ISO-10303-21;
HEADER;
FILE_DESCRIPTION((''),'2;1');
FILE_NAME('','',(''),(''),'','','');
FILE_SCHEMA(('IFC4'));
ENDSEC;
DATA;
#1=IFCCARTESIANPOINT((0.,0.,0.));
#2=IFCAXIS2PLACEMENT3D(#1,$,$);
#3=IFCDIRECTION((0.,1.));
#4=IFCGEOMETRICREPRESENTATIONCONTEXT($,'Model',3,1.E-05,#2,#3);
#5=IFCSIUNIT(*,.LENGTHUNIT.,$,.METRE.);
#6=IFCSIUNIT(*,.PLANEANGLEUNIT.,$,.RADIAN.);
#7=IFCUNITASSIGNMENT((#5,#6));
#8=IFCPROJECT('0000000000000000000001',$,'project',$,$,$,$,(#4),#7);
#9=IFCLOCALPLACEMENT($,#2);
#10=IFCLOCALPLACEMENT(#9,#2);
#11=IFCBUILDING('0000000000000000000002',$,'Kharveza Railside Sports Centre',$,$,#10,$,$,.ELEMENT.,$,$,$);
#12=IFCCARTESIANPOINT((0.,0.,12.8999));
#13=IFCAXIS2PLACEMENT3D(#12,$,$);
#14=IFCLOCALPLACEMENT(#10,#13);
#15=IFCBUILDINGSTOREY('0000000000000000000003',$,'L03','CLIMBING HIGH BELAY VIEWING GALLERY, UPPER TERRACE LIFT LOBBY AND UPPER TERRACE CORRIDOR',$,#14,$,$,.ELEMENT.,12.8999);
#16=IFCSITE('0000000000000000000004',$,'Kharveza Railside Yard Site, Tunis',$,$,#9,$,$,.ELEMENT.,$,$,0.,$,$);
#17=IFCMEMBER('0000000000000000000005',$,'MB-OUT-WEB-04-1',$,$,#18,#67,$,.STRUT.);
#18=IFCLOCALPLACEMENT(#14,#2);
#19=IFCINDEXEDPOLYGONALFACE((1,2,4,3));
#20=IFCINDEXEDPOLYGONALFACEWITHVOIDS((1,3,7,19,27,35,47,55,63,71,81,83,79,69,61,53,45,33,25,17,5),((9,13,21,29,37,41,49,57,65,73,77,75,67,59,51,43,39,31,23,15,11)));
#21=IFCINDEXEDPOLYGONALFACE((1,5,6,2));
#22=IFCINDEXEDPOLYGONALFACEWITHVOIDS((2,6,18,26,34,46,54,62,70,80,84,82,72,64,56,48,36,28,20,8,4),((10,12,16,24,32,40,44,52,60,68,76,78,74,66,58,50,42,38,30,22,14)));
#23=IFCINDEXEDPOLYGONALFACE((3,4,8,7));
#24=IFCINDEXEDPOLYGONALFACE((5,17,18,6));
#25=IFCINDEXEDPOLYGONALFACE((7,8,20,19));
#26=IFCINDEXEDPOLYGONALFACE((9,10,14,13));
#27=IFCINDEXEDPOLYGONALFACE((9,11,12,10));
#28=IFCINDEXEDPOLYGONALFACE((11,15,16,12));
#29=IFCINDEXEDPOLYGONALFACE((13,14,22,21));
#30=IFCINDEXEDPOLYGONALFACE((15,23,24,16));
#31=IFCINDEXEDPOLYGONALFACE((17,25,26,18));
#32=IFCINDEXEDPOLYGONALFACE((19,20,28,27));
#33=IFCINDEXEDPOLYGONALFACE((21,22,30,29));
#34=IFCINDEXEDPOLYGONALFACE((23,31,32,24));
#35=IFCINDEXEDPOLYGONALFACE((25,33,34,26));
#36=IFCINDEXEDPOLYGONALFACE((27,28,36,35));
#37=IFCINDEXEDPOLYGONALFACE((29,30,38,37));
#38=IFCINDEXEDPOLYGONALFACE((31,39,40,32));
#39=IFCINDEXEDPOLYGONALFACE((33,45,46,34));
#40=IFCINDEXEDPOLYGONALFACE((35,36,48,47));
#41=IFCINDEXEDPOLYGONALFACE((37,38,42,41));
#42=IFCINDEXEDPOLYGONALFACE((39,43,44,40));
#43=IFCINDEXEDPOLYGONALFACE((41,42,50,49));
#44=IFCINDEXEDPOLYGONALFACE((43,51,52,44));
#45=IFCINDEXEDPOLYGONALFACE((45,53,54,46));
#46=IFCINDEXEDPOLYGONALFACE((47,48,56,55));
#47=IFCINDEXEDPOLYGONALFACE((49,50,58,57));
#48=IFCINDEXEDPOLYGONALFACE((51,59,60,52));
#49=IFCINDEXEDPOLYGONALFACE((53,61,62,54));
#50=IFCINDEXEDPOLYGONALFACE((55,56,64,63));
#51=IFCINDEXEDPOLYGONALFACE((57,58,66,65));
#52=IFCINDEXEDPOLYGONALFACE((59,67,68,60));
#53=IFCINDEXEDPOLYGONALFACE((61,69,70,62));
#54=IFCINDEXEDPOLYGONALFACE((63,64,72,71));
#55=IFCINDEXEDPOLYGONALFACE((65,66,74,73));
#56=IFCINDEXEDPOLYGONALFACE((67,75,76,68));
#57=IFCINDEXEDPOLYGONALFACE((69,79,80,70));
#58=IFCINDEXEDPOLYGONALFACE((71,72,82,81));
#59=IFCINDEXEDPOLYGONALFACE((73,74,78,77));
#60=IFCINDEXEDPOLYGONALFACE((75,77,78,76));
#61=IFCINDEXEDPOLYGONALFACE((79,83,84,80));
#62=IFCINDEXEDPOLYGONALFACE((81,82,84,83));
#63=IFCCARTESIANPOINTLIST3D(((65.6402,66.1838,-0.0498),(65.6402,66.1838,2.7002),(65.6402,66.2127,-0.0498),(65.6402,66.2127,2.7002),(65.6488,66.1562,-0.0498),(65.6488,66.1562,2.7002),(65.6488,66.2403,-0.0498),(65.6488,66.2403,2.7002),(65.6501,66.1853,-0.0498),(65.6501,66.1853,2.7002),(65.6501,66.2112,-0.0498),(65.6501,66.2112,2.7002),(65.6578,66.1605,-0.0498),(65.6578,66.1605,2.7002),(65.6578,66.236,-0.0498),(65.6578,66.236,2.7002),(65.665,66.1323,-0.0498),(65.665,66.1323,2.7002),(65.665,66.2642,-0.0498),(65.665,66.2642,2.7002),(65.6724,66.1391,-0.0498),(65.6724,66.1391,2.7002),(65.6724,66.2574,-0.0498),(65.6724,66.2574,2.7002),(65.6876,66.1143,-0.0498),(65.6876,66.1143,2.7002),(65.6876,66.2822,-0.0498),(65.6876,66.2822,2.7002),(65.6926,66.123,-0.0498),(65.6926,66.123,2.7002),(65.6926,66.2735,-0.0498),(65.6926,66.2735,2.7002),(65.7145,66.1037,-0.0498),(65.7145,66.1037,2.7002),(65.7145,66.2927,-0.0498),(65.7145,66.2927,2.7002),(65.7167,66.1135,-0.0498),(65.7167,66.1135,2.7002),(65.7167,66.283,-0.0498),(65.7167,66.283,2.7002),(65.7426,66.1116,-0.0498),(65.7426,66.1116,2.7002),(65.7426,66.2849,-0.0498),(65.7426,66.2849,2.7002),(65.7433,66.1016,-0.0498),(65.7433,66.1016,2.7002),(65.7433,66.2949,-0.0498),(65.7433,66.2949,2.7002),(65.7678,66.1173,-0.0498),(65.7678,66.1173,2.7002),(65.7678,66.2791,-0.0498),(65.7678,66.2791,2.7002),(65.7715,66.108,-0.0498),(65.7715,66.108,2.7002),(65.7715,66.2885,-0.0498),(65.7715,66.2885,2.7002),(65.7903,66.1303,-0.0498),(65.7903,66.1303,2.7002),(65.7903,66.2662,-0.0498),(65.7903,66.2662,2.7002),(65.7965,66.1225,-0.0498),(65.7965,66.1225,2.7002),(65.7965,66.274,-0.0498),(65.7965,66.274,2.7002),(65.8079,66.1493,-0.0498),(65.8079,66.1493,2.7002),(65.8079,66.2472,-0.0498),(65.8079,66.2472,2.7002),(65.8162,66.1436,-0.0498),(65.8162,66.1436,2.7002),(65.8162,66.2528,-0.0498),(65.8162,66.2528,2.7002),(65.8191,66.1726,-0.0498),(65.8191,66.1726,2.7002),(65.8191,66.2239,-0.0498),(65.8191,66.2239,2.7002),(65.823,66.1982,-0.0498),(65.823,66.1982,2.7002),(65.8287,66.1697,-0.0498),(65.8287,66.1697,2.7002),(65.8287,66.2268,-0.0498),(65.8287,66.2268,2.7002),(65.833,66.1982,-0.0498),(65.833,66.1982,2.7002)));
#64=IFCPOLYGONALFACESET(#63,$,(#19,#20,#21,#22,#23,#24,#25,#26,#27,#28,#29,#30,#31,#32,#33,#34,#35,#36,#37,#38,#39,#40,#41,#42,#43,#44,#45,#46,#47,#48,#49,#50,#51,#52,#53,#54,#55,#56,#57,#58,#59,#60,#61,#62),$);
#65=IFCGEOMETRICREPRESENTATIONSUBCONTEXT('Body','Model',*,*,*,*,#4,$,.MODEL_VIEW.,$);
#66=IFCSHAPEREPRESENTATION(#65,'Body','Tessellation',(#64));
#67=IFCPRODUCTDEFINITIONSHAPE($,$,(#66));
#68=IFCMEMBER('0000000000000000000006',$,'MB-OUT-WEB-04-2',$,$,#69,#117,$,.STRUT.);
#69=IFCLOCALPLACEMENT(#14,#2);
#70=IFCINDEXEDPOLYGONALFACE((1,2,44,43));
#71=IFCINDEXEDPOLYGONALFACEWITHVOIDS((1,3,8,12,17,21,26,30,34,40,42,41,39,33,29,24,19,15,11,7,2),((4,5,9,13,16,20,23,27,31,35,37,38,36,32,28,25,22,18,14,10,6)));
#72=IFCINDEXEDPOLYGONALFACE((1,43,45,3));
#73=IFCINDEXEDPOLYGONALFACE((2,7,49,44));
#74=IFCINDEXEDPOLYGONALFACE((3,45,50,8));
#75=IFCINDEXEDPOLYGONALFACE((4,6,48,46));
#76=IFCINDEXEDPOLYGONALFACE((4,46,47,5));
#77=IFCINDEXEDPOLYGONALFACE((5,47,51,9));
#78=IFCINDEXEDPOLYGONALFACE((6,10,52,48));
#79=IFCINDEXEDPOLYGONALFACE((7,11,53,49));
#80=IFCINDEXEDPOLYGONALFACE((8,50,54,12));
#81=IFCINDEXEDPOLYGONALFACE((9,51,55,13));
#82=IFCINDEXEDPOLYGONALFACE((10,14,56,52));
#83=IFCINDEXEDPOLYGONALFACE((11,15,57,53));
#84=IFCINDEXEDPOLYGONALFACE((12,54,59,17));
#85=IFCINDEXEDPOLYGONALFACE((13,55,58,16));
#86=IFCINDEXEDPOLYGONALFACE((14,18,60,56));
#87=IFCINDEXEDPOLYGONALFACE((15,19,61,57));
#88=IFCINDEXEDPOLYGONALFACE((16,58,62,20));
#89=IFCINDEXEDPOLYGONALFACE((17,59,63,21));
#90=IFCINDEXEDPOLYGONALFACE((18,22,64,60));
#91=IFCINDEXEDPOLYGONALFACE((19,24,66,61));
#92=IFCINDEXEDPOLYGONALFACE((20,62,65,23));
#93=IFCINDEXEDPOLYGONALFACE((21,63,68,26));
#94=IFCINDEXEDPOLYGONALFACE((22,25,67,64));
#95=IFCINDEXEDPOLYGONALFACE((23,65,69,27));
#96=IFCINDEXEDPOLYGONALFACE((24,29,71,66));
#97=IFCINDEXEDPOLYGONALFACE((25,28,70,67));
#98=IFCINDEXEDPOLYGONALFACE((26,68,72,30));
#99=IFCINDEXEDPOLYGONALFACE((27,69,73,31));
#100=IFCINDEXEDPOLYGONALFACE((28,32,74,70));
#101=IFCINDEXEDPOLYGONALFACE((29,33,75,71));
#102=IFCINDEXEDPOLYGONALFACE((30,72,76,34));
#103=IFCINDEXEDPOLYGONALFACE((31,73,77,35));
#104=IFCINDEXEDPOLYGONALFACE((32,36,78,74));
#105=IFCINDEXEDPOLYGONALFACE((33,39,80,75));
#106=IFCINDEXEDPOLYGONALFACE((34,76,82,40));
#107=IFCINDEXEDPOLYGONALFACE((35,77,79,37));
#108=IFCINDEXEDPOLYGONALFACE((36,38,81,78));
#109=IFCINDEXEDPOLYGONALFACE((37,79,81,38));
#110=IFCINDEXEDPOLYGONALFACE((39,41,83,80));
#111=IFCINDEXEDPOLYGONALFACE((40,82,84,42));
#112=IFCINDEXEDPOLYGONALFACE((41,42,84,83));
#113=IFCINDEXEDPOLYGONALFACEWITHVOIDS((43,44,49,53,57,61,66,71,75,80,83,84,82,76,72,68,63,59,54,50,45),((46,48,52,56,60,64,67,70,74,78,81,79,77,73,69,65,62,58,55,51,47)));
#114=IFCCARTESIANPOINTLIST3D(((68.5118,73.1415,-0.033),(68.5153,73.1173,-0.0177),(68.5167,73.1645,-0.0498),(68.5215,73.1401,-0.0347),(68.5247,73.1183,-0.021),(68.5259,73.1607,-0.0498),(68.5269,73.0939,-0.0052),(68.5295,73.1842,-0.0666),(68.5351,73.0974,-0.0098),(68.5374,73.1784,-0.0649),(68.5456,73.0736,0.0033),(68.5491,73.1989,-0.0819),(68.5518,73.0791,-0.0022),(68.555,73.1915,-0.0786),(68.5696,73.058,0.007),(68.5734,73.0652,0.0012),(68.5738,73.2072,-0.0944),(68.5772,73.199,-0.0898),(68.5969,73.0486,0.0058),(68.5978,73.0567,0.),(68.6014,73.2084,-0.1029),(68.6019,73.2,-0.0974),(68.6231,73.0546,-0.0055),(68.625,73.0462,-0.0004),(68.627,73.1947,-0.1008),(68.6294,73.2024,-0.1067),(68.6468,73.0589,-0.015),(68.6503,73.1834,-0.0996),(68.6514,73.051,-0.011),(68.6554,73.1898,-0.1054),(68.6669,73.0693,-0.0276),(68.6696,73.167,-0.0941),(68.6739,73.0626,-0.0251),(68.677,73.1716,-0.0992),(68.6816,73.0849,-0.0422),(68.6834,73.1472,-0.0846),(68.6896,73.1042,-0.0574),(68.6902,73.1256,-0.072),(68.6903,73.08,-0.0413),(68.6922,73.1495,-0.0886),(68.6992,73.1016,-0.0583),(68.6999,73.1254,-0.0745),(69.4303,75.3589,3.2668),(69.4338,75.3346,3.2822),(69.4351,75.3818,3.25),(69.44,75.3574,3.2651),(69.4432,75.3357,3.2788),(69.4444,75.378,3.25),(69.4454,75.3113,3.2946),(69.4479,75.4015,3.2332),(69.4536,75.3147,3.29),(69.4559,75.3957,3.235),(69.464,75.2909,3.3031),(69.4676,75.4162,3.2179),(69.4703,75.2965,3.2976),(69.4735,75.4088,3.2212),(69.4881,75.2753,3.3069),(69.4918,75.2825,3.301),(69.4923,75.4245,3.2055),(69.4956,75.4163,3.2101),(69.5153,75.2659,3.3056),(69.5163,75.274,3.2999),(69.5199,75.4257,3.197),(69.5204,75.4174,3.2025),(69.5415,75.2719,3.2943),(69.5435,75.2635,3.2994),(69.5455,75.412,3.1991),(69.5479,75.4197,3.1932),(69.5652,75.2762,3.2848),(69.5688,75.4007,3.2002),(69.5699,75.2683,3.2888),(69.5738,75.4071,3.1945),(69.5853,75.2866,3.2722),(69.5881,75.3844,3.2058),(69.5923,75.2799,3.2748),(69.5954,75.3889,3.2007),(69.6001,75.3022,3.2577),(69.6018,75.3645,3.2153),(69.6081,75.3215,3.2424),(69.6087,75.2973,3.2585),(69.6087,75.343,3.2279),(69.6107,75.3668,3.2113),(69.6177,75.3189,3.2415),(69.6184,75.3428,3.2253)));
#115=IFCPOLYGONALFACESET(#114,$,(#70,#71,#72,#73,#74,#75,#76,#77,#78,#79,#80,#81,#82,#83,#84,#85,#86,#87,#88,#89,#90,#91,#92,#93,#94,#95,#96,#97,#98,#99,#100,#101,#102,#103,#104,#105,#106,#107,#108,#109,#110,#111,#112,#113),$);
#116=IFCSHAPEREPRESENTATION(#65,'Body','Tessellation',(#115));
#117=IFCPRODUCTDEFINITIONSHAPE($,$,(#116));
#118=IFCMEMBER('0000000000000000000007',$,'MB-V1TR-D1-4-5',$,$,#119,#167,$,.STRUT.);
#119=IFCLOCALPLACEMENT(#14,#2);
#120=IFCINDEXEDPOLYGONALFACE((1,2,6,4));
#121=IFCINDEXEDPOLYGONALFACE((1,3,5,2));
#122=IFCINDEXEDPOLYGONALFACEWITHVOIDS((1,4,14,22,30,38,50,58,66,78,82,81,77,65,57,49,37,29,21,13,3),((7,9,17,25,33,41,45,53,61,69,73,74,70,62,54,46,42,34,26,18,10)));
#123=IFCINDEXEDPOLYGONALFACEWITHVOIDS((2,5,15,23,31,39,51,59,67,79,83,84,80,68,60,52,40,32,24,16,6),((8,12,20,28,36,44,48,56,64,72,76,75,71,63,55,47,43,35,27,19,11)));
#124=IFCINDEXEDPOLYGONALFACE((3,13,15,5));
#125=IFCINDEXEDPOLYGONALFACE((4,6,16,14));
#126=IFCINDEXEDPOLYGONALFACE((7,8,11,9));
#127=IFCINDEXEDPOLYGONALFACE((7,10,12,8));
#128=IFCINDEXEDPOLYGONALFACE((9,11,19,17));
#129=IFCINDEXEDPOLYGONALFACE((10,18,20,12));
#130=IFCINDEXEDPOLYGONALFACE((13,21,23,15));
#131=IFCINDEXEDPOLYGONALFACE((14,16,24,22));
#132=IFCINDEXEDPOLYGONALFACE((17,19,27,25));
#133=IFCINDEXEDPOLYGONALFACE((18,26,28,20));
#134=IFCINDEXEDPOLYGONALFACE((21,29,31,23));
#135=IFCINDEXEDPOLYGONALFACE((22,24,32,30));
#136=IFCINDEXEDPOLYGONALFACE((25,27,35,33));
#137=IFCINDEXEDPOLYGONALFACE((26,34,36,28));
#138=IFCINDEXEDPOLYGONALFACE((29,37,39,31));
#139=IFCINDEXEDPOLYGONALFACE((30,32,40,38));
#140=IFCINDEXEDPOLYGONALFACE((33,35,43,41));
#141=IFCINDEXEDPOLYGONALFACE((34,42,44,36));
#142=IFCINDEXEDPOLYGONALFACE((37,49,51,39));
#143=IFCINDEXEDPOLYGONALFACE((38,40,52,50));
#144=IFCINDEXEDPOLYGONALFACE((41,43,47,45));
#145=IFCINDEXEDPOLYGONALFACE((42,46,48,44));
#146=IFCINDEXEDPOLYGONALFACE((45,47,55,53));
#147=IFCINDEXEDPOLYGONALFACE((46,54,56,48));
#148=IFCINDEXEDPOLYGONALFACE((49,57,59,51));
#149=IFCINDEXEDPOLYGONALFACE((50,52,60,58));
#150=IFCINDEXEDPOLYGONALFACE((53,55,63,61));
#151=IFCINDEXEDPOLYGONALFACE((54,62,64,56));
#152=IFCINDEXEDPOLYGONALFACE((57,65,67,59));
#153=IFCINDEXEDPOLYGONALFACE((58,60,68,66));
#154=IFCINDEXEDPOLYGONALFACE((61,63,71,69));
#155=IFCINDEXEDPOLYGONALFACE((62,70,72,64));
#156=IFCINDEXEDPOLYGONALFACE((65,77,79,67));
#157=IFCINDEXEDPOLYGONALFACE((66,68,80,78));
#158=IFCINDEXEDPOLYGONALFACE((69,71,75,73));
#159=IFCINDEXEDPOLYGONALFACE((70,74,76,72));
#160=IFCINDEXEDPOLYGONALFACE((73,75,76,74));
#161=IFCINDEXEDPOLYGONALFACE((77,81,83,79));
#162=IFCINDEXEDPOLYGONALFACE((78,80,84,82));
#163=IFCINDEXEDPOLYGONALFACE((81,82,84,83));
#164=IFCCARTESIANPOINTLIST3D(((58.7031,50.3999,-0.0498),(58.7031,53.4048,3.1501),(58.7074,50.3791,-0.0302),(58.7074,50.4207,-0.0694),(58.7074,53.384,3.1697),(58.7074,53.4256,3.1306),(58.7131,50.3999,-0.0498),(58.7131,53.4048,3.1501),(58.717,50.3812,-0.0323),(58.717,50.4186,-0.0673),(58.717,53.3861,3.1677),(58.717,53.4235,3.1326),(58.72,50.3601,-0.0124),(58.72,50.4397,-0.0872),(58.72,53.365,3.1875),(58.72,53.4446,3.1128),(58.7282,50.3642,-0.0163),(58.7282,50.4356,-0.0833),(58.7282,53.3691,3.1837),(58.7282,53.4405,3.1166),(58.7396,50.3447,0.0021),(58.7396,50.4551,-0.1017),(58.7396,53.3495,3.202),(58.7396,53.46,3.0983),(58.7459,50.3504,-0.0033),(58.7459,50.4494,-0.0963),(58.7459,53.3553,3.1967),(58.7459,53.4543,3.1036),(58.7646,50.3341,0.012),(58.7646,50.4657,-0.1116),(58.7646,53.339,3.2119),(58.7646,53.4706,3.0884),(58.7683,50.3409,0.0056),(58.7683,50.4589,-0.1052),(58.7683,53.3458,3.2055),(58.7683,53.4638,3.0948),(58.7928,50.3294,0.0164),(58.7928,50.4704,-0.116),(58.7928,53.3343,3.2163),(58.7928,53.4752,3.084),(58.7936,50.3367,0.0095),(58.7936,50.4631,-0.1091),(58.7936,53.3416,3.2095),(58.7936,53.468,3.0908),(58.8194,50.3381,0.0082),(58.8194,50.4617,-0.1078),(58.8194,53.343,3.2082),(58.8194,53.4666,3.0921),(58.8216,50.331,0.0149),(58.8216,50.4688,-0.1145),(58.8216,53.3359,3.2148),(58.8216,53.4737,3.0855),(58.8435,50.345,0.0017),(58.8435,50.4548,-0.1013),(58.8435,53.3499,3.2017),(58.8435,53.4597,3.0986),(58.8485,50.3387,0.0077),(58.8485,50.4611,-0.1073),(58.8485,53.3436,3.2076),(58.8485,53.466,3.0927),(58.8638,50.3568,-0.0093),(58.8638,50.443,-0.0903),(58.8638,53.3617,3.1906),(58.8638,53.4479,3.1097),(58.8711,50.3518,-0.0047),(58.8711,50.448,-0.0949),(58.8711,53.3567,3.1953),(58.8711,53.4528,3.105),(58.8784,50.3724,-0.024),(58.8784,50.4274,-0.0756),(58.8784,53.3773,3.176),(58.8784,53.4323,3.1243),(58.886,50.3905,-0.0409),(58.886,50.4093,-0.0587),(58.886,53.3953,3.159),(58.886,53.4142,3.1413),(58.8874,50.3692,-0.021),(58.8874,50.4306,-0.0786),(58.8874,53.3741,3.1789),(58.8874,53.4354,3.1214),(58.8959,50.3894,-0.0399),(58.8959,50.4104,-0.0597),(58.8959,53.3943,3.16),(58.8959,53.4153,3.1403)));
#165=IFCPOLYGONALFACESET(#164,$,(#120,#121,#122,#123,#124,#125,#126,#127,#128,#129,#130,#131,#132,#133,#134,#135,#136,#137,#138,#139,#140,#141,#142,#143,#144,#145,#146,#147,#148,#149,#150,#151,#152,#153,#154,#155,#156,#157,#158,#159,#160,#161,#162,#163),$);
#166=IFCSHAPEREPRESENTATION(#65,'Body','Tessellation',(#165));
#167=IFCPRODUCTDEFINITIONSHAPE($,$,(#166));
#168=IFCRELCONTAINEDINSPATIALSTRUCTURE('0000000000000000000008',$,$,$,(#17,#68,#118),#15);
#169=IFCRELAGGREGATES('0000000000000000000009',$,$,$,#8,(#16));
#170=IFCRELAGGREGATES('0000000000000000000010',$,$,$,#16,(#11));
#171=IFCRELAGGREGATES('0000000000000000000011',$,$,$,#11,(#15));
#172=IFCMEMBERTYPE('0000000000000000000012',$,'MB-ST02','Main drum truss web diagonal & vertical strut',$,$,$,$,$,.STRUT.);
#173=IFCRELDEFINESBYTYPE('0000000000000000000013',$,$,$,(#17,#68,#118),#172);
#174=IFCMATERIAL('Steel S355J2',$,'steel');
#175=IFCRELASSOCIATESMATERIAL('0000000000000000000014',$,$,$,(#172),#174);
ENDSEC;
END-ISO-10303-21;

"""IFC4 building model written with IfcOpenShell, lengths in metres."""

from ifc_helpers import new_model, si_unit, direction, frame, origin, origin_2d, place, context, subcontext, project, spatial, hollow_circle, extrude, material, material_profile, profile_set, type_object, element, save


model = new_model("IFC4")

# Units and contexts
model_context = context("Model", 3, precision=1e-05, world=origin(), true_north=direction((0.0, 1.0)))
body_context = subcontext(model_context, "Body", "Model", "MODEL_VIEW")
ifc_project = project(units=[si_unit("LENGTHUNIT", "METRE"), si_unit("PLANEANGLEUNIT", "RADIAN")], contexts=[model_context])

# Site, building, storey
site_placement = place(None, origin())
site = spatial("IfcSite", under=ifc_project, at=site_placement, Name="Kharveza Railside Yard Site, Tunis", CompositionType="ELEMENT", RefElevation=0.0)
building_placement = place(site_placement, origin())
building = spatial("IfcBuilding", under=site, at=building_placement, Name="Kharveza Railside Sports Centre", CompositionType="ELEMENT")
storey_placement = place(building_placement, frame((0.0, 0.0, 12.8999)))
storey = spatial("IfcBuildingStorey", under=building, at=storey_placement, Name="L03", Description="CLIMBING HIGH BELAY VIEWING GALLERY, UPPER TERRACE LIFT LOBBY AND UPPER TERRACE CORRIDOR", CompositionType="ELEMENT", Elevation=12.8999)

# Members
ifc_material = material(Name="Steel S355J2", Category="steel")
ifc_material_profile_1 = material_profile(ifc_material, hollow_circle(Radius=0.0969, WallThickness=0.01, at=origin_2d()), Name="CHS 193.7x10.0")
ifc_profile_set_1 = profile_set([ifc_material_profile_1], Name="Steel S355J2")
member_type_1 = type_object("IfcMemberType", Name="MB-ST02", Description="Main drum truss web diagonal & vertical strut", PredefinedType="STRUT", material=ifc_profile_set_1)
for number, where, z_axis, x_axis, name in (
    (1, (65.7361, 66.1982, -0.0498), (0.0, 0.0, 1.0), (1.0, 0.0, 0.0), "MB-OUT-WEB-04-1"),
):
    element("IfcMember", number, at=place(storey_placement, frame(where, z_axis=z_axis, x_axis=x_axis)), inside=storey, type_object=member_type_1, Name=name, PredefinedType="STRUT", context=body_context, shape_type="SweptSolid", body=[
        extrude(hollow_circle(Radius=0.0969, WallThickness=0.01, at=origin_2d()), origin(), (0.0, 0.0, 1.0), 2.75),
    ])
member_1_placement = place(storey_placement, frame((68.6062, 73.1274, -0.0498), z_axis=(0.225097, 0.543416, 0.808722), x_axis=(-0.923875, 0.382693, 0.0)))
element("IfcMember", 2, at=member_1_placement, inside=storey, type_object=member_type_1, Name="MB-OUT-WEB-04-2", PredefinedType="STRUT", context=body_context, shape_type="SweptSolid", body=[
    extrude(hollow_circle(Radius=0.0969, WallThickness=0.01, at=origin_2d()), origin(), (0.0, 0.0, 1.0), 4.0803),
])
for number, where, z_axis, x_axis, name in (
    (3, (58.8, 50.3999, -0.0498), (0.0, 0.684538, 0.728977), (-1.0, 0.0, 0.0), "MB-V1TR-D1-4-5"),
):
    element("IfcMember", number, at=place(storey_placement, frame(where, z_axis=z_axis, x_axis=x_axis)), inside=storey, type_object=member_type_1, Name=name, PredefinedType="STRUT", context=body_context, shape_type="SweptSolid", body=[
        extrude(hollow_circle(Radius=0.0969, WallThickness=0.01, at=origin_2d()), origin(), (0.0, 0.0, 1.0), 4.3896),
    ])

save(model, "model.ifc")
